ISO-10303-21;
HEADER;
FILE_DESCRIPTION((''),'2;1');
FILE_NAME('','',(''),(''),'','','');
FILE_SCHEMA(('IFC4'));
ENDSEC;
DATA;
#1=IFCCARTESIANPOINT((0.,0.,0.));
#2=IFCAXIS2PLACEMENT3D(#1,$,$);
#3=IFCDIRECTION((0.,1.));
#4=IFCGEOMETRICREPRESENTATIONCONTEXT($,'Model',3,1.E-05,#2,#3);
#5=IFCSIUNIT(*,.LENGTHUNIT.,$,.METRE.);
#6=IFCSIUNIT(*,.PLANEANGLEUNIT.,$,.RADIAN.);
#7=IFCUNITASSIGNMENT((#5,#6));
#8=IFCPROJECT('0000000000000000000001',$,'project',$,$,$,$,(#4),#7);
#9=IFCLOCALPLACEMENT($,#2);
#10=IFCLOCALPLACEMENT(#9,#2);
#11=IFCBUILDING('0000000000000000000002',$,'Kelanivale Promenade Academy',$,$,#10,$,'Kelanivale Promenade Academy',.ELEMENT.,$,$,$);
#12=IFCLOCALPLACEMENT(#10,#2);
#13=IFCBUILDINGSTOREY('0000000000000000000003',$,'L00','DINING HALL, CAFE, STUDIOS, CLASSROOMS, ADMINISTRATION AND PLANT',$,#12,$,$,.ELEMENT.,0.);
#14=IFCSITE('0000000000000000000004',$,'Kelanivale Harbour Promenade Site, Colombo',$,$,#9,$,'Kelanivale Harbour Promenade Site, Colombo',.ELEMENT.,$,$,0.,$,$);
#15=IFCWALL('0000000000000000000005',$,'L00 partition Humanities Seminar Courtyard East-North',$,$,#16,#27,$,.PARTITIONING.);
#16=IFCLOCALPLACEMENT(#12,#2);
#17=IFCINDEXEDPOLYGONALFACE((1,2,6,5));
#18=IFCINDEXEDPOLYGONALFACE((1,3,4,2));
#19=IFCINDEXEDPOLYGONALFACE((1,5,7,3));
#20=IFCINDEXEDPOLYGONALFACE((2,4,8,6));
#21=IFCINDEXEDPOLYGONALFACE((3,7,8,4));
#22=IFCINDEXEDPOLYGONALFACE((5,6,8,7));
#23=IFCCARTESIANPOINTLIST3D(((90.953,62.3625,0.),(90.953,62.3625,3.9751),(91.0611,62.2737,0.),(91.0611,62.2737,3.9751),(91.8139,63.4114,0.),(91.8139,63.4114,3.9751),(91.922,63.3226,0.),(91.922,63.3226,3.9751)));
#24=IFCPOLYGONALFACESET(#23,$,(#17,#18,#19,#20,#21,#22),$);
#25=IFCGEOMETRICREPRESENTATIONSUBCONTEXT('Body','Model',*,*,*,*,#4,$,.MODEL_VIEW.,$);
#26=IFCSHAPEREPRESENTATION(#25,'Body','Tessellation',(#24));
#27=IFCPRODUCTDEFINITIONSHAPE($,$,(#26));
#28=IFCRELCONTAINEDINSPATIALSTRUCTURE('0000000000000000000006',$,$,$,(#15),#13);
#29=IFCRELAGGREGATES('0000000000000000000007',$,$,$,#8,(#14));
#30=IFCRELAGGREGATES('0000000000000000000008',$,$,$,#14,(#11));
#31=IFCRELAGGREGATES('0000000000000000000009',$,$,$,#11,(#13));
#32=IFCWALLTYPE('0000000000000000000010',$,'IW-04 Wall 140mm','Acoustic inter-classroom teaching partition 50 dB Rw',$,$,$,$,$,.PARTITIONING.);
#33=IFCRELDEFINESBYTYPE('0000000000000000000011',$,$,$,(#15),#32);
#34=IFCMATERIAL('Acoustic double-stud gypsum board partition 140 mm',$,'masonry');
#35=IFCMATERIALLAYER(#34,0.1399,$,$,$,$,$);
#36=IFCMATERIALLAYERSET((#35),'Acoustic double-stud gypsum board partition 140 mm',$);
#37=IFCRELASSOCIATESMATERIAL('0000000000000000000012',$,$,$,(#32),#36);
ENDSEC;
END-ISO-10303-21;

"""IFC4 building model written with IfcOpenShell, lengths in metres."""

from ifc_helpers import new_model, si_unit, direction, frame, frame_2d, origin, place, context, subcontext, project, spatial, rectangle, extrude, material, layer, layer_set, type_object, element, save


model = new_model("IFC4")

# Units and contexts
model_context = context("Model", 3, precision=1e-05, world=origin(), true_north=direction((0.0, 1.0)))
body_context = subcontext(model_context, "Body", "Model", "MODEL_VIEW")
ifc_project = project(units=[si_unit("LENGTHUNIT", "METRE"), si_unit("PLANEANGLEUNIT", "RADIAN")], contexts=[model_context])

# Site, building, storey
site_placement = place(None, origin())
site = spatial("IfcSite", under=ifc_project, at=site_placement, Name="Kelanivale Harbour Promenade Site, Colombo", LongName="Kelanivale Harbour Promenade Site, Colombo", CompositionType="ELEMENT", RefElevation=0.0)
building_placement = place(site_placement, origin())
building = spatial("IfcBuilding", under=site, at=building_placement, Name="Kelanivale Promenade Academy", LongName="Kelanivale Promenade Academy", CompositionType="ELEMENT")
storey_placement = place(building_placement, origin())
storey = spatial("IfcBuildingStorey", under=building, at=storey_placement, Name="L00", Description="DINING HALL, CAFE, STUDIOS, CLASSROOMS, ADMINISTRATION AND PLANT", CompositionType="ELEMENT", Elevation=0.0)

# Wall
ifc_material_1 = material(Name="Acoustic double-stud gypsum board partition 140 mm", Category="masonry")
ifc_layer_1 = layer(ifc_material_1, 0.1399)
ifc_layer_set_1 = layer_set([ifc_layer_1], Name="Acoustic double-stud gypsum board partition 140 mm")
wall_type = type_object("IfcWallType", Name="IW-04 Wall 140mm", Description="Acoustic inter-classroom teaching partition 50 dB Rw", PredefinedType="PARTITIONING", material=ifc_layer_set_1)
wall_placement = place(storey_placement, frame((91.0071, 62.3181, 0.0), z_axis=(0.0, 0.0, 1.0), x_axis=(0.634432, 0.772978, 0.0)))
element("IfcWall", 1, at=wall_placement, inside=storey, type_object=wall_type, Name="L00 partition Humanities Seminar Courtyard East-North", PredefinedType="PARTITIONING", context=body_context, shape_type="SweptSolid", body=[
    extrude(rectangle(XDim=1.3569, YDim=0.1399, at=frame_2d((0.6785, 0.0))), origin(), (0.0, 0.0, 1.0), 3.9751),
])

save(model, "model.ifc")
